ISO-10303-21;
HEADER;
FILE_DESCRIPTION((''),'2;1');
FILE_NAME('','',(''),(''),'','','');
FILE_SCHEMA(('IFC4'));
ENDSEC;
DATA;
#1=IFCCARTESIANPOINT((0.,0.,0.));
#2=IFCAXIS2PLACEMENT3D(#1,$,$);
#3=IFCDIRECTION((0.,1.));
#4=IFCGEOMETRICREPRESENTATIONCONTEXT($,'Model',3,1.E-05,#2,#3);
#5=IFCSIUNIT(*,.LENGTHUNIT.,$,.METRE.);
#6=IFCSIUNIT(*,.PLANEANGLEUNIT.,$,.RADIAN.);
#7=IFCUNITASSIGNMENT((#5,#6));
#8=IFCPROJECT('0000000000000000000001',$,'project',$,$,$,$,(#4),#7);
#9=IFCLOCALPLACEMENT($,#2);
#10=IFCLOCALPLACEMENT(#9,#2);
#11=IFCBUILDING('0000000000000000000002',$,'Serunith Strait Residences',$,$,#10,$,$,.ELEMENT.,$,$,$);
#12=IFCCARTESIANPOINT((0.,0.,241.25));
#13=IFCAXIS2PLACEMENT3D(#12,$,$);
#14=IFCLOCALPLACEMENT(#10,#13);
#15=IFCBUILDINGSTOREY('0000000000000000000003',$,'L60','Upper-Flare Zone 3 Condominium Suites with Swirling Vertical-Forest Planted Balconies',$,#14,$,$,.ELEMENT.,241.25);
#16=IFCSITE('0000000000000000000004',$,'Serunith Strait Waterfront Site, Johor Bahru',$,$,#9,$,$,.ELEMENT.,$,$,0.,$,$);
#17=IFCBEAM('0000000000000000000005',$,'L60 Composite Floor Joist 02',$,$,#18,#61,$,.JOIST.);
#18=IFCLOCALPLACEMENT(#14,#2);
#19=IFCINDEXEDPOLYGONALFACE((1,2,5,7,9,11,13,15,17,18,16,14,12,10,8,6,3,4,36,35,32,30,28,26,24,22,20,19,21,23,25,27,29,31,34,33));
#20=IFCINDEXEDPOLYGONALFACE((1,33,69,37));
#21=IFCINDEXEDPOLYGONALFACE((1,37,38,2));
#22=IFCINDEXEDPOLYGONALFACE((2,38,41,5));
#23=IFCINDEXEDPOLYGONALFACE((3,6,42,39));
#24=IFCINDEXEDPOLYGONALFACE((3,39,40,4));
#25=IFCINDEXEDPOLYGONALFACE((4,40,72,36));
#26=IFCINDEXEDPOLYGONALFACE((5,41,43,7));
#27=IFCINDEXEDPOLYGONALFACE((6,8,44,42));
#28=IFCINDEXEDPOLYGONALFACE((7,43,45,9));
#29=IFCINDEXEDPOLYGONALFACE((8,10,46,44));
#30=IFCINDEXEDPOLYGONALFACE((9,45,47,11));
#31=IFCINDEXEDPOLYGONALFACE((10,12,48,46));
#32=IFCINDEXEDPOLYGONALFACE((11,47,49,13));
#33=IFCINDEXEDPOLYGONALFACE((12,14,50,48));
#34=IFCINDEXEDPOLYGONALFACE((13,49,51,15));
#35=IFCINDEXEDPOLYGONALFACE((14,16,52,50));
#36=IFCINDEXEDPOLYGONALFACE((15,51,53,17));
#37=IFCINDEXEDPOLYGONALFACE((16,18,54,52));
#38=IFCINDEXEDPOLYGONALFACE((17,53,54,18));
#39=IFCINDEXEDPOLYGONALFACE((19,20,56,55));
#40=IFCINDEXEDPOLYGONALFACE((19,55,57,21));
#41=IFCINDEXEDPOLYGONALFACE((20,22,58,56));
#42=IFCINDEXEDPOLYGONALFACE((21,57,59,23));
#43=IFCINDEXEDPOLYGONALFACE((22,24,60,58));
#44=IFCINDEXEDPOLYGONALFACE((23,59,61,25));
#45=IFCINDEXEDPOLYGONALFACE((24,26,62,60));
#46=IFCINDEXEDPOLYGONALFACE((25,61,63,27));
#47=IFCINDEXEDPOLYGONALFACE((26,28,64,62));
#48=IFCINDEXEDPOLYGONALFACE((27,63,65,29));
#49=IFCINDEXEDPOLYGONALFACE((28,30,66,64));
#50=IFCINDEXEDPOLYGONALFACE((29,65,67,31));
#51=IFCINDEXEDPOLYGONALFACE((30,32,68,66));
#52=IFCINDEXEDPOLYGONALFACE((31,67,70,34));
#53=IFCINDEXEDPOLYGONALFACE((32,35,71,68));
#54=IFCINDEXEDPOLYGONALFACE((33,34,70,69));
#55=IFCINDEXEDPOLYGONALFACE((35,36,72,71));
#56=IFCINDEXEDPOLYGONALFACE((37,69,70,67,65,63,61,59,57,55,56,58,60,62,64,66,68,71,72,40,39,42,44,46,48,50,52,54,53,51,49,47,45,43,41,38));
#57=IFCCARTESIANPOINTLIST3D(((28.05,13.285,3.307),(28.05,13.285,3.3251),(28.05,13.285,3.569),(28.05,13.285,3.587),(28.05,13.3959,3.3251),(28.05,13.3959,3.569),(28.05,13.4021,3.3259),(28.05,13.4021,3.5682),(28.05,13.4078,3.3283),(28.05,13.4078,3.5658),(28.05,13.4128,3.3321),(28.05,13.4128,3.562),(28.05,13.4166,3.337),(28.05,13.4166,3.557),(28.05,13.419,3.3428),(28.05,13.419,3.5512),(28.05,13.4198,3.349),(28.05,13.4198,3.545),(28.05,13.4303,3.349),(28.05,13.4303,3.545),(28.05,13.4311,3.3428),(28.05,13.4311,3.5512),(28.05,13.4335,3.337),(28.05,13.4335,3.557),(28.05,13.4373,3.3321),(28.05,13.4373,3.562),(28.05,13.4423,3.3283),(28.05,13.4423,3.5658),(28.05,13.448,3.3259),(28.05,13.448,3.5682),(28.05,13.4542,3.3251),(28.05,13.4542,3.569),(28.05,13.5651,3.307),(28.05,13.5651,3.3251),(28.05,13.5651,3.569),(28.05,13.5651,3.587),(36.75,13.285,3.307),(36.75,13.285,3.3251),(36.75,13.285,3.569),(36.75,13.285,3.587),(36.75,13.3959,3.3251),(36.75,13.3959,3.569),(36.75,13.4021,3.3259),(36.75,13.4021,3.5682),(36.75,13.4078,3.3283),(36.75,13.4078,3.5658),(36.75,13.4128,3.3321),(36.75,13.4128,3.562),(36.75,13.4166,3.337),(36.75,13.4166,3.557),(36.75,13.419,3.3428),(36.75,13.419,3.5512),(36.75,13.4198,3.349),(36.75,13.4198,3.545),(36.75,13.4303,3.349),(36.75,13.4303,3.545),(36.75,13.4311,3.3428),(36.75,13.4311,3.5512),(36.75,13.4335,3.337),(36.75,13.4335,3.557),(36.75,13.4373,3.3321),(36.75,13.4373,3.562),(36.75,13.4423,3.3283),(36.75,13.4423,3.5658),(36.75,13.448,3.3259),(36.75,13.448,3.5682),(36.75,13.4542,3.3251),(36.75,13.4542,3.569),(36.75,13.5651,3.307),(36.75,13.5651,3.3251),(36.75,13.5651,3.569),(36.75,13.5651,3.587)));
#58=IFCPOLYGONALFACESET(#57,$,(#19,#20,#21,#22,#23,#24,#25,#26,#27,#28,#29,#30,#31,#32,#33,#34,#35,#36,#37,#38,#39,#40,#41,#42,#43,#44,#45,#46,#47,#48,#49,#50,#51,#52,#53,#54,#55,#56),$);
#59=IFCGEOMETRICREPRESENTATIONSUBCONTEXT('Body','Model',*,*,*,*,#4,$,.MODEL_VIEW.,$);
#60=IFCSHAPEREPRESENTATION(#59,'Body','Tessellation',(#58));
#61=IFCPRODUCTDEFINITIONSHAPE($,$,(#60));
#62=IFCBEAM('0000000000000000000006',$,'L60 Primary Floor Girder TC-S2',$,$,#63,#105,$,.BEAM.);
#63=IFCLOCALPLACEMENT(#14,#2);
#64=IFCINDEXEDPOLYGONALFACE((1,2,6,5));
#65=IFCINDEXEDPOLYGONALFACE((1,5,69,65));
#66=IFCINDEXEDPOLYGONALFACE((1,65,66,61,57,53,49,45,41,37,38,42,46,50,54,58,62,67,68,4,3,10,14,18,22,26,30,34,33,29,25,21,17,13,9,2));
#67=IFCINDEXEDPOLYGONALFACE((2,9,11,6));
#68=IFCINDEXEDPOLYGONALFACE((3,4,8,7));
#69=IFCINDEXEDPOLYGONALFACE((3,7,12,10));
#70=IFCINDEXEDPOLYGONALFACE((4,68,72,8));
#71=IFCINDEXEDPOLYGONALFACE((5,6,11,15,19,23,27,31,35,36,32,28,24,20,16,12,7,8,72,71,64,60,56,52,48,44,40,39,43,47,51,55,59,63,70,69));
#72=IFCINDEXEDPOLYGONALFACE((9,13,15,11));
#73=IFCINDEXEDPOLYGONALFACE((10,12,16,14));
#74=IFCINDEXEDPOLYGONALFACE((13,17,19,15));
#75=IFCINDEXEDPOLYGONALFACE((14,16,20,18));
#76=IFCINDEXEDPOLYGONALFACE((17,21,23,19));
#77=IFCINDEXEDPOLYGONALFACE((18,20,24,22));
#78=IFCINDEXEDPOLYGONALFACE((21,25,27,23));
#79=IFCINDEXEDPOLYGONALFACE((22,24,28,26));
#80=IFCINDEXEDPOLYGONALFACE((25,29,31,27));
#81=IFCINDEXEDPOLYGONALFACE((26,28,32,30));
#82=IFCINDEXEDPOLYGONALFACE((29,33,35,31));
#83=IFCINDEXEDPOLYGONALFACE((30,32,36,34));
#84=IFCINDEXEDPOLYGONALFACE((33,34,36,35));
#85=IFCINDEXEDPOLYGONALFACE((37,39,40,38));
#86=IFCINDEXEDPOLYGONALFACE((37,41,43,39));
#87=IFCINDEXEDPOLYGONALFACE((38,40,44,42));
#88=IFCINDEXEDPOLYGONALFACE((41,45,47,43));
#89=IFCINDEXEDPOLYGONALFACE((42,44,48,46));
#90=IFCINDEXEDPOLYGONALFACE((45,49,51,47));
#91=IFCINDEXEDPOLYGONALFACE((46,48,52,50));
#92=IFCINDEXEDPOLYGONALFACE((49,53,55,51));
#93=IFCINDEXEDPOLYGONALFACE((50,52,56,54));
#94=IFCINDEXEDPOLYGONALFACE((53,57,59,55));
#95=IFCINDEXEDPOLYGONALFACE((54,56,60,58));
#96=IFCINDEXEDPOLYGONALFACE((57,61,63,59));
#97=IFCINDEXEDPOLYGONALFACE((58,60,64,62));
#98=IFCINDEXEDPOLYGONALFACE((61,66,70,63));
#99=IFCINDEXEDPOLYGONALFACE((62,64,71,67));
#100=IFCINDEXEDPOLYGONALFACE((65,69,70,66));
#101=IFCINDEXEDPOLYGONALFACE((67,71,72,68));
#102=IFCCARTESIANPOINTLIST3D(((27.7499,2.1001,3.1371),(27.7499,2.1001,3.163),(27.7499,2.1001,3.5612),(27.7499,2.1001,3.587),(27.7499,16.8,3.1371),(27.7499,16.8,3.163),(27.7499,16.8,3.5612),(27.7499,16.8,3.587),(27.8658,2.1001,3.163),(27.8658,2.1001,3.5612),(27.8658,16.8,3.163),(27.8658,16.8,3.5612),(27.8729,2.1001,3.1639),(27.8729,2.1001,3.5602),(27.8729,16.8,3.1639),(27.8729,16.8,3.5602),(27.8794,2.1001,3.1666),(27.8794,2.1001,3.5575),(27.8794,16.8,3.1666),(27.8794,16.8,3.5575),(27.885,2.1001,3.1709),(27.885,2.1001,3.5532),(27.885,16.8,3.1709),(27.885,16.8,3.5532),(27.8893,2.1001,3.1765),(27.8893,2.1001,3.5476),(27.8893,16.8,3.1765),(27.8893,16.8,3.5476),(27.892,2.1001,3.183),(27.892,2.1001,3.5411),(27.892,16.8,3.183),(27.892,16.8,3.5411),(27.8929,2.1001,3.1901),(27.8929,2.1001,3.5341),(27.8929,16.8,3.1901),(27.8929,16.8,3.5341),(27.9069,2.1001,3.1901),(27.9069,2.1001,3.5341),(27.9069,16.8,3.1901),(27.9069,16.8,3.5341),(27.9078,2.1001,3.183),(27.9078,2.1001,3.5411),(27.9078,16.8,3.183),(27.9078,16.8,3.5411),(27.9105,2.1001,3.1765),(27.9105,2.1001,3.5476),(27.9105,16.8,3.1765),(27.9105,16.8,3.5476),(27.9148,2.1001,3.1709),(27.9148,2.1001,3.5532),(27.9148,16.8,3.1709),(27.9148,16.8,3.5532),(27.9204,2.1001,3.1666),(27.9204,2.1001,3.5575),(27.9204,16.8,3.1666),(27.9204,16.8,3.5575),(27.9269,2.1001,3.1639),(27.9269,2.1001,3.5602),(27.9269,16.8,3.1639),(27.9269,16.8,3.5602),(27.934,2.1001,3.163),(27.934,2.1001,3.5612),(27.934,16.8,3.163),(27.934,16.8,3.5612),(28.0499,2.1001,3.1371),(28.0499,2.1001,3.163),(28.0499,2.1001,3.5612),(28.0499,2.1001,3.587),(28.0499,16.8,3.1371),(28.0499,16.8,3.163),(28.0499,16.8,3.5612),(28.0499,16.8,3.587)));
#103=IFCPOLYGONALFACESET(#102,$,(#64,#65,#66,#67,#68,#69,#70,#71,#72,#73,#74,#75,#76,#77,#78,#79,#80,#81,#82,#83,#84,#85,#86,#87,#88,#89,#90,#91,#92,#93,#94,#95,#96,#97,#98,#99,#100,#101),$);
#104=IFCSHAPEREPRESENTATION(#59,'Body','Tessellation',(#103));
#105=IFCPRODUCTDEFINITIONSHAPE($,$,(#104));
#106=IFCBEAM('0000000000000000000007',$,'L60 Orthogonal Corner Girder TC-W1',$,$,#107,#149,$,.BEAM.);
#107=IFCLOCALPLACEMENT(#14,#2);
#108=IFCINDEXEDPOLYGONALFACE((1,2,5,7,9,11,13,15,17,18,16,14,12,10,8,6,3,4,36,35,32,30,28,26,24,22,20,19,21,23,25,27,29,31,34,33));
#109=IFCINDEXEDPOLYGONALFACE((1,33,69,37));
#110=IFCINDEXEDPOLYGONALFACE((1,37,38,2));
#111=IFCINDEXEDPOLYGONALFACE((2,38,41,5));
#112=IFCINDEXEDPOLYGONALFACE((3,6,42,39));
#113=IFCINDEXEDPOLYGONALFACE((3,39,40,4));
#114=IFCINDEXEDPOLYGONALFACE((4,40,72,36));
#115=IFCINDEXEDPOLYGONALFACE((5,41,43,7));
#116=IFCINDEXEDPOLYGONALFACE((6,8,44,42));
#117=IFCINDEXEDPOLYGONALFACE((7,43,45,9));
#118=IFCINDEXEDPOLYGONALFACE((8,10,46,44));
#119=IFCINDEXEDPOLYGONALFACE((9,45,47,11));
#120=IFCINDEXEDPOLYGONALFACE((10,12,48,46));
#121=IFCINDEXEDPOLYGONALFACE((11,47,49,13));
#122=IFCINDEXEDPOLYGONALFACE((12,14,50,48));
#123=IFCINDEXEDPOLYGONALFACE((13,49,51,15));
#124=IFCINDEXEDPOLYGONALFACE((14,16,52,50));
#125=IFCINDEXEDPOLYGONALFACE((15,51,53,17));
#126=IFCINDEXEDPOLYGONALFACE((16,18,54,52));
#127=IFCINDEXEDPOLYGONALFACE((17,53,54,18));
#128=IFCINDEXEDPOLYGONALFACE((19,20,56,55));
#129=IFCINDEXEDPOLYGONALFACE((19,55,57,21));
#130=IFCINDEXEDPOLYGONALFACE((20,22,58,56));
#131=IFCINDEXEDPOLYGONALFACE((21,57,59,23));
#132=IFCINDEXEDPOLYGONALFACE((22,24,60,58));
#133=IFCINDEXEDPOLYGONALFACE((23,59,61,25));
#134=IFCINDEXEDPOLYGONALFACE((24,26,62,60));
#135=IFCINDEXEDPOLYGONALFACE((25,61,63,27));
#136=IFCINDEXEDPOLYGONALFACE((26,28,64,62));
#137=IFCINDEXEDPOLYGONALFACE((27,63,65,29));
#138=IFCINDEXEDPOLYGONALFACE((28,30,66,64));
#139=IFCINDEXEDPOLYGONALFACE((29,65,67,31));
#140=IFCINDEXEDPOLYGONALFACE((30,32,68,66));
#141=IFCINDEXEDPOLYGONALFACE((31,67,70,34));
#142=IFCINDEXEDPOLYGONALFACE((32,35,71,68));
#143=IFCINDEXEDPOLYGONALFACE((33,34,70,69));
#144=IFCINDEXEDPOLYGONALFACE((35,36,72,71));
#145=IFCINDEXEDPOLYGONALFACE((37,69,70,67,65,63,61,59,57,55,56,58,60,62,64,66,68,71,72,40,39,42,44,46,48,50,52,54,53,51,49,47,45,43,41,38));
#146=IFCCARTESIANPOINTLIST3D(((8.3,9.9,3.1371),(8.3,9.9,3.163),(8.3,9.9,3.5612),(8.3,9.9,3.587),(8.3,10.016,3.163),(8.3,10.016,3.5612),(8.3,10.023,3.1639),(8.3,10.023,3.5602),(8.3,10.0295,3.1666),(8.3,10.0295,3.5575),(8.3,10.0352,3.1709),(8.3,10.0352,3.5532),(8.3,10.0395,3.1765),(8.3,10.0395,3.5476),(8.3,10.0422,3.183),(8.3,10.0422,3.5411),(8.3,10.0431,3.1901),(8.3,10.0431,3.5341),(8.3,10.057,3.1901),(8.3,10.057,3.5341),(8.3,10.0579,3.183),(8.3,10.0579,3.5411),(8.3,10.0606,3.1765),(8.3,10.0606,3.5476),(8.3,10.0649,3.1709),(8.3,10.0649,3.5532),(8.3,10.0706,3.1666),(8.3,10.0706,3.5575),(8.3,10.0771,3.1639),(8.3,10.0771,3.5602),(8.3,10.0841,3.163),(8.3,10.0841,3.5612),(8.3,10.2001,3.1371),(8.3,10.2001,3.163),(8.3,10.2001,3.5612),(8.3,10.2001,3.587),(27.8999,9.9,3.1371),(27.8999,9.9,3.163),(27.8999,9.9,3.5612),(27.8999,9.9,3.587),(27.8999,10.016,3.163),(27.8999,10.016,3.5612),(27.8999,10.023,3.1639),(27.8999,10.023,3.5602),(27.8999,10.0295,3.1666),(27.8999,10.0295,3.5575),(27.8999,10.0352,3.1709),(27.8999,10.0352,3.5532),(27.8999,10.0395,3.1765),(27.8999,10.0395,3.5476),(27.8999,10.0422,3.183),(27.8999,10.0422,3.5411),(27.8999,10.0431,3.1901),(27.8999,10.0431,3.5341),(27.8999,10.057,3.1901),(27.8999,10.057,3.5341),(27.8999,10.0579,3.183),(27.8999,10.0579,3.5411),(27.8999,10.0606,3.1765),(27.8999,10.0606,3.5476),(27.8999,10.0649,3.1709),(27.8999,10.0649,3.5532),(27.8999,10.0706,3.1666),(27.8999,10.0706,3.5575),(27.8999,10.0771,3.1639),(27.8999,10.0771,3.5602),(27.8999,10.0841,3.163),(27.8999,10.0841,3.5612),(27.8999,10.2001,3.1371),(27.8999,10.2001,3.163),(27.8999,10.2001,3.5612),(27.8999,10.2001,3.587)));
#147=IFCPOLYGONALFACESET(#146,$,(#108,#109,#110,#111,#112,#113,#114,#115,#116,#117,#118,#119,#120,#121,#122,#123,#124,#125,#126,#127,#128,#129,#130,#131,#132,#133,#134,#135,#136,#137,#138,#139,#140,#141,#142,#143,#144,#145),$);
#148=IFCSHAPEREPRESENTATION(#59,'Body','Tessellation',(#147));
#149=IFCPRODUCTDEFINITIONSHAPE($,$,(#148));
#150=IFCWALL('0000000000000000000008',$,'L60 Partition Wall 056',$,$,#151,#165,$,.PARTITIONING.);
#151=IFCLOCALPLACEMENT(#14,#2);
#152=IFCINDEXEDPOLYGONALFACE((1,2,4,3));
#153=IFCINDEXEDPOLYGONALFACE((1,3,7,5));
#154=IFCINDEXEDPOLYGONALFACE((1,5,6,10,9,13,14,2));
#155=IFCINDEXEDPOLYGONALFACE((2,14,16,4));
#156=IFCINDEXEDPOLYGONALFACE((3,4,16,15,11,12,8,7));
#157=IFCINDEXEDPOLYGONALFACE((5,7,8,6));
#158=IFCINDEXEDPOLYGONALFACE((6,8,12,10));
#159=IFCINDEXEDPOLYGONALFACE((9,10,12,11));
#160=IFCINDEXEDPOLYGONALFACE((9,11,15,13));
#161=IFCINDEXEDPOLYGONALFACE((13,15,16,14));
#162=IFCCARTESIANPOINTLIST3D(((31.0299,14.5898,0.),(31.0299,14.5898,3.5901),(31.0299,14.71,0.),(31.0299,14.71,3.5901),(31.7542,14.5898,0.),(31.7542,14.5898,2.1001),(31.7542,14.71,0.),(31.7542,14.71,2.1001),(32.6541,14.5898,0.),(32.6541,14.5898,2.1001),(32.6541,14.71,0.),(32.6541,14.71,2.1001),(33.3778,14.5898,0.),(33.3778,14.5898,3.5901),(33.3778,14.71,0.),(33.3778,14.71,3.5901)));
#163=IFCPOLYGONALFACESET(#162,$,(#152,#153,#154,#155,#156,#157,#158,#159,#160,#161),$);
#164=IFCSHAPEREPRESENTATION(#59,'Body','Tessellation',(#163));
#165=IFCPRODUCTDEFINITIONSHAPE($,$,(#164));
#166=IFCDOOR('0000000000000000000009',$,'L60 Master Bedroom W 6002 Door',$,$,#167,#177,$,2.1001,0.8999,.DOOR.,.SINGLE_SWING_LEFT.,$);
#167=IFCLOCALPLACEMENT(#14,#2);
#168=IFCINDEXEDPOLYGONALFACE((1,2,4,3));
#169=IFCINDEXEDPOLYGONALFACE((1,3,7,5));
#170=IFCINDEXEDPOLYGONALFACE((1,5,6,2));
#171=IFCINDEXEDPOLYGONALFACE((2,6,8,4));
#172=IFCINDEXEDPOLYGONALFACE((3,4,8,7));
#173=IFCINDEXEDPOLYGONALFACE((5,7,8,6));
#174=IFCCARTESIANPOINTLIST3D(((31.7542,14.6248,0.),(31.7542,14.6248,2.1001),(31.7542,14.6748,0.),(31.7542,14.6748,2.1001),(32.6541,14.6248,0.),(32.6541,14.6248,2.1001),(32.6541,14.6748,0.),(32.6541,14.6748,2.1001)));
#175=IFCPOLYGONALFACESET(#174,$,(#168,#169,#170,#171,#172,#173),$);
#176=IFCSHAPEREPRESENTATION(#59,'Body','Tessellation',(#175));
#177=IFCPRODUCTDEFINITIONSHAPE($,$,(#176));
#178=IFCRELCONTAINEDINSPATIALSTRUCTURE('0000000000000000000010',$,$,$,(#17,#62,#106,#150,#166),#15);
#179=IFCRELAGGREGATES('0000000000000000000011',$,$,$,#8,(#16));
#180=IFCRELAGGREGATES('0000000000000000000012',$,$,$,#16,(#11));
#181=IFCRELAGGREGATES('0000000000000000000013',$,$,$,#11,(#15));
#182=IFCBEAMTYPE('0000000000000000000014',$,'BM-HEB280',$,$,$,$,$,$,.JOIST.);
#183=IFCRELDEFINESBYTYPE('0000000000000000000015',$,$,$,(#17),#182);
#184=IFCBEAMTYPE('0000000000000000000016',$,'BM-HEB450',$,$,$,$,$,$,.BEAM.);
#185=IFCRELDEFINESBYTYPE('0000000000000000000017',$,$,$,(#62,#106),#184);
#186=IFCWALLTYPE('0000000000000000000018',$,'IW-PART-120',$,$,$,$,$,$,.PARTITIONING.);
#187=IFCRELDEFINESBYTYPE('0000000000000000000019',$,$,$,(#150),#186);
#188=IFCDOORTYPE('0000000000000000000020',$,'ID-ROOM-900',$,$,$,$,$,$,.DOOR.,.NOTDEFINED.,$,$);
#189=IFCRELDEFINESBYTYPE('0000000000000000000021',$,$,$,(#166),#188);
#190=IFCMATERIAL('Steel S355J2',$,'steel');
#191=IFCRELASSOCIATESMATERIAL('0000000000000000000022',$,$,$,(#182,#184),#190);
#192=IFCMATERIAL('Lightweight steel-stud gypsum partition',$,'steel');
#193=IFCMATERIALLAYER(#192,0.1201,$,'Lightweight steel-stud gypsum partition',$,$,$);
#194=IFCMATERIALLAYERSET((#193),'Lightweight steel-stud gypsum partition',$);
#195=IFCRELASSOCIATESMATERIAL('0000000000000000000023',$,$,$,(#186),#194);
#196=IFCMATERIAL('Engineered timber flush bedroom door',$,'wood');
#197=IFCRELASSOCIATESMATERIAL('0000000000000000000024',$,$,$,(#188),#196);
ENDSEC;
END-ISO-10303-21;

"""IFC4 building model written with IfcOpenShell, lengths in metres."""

from ifc_helpers import new_model, si_unit, direction, frame, frame_2d, origin, origin_2d, place, context, subcontext, project, spatial, rectangle, i_section, extrude, source, transform, mapped, material, layer, layer_set, material_profile, profile_set, type_object, element, fill, save


model = new_model("IFC4")

# Units and contexts
model_context = context("Model", 3, precision=1e-05, world=origin(), true_north=direction((0.0, 1.0)))
body_context = subcontext(model_context, "Body", "Model", "MODEL_VIEW")
ifc_project = project(units=[si_unit("LENGTHUNIT", "METRE"), si_unit("PLANEANGLEUNIT", "RADIAN")], contexts=[model_context])

# Site, building, storey
site_placement = place(None, origin())
site = spatial("IfcSite", under=ifc_project, at=site_placement, Name="Serunith Strait Waterfront Site, Johor Bahru", CompositionType="ELEMENT", RefElevation=0.0)
building_placement = place(site_placement, origin())
building = spatial("IfcBuilding", under=site, at=building_placement, Name="Serunith Strait Residences", CompositionType="ELEMENT")
storey_placement = place(building_placement, frame((0.0, 0.0, 241.25)))
storey = spatial("IfcBuildingStorey", under=building, at=storey_placement, Name="L60", Description="Upper-Flare Zone 3 Condominium Suites with Swirling Vertical-Forest Planted Balconies", CompositionType="ELEMENT", Elevation=241.25)

# Beams
ifc_material_1 = material(Name="Steel S355J2", Category="steel")
ifc_material_profile_1 = material_profile(ifc_material_1, i_section(OverallWidth=0.28, OverallDepth=0.28, WebThickness=0.0105, FlangeThickness=0.0181, FilletRadius=0.0239, at=origin_2d()), Name="HEB 280")
ifc_profile_set_1 = profile_set([ifc_material_profile_1], Name="Steel S355J2")
beam_type_1 = type_object("IfcBeamType", Name="BM-HEB280", PredefinedType="JOIST", material=ifc_profile_set_1)
shared_shape_1 = source(origin(), body_context, "Body", "SweptSolid", [
    extrude(i_section(OverallWidth=0.28, OverallDepth=0.28, WebThickness=0.0105, FlangeThickness=0.0181, FilletRadius=0.0239, at=origin_2d()), origin(), (0.0, 0.0, 1.0), 8.7),
])
beam_1_placement = place(storey_placement, frame((28.05, 13.425, 3.447), z_axis=(1.0, 0.0, 0.0), x_axis=(0.0, 1.0, 0.0)))
element("IfcBeam", 1, at=beam_1_placement, inside=storey, type_object=beam_type_1, Name="L60 Composite Floor Joist 02", PredefinedType="JOIST", context=body_context, shape_type="MappedRepresentation", body=[
    mapped(shared_shape_1, transform((0.0, 0.0, 0.0), scale=1.0)),
])
ifc_material_profile_2 = material_profile(ifc_material_1, i_section(OverallWidth=0.3, OverallDepth=0.45, WebThickness=0.0139, FlangeThickness=0.0259, FilletRadius=0.0271, at=origin_2d()), Name="HEB 450")
ifc_profile_set_2 = profile_set([ifc_material_profile_2], Name="Steel S355J2")
beam_type_2 = type_object("IfcBeamType", Name="BM-HEB450", PredefinedType="BEAM", material=ifc_profile_set_2)
shared_shape_2 = source(origin(), body_context, "Body", "SweptSolid", [
    extrude(i_section(OverallWidth=0.3, OverallDepth=0.45, WebThickness=0.0139, FlangeThickness=0.0259, FilletRadius=0.0271, at=origin_2d()), origin(), (0.0, 0.0, 1.0), 14.7),
])
beam_2_placement = place(storey_placement, frame((27.8999, 16.8, 3.3621), z_axis=(0.0, -1.0, 0.0), x_axis=(1.0, 0.0, 0.0)))
element("IfcBeam", 2, at=beam_2_placement, inside=storey, type_object=beam_type_2, Name="L60 Primary Floor Girder TC-S2", PredefinedType="BEAM", context=body_context, shape_type="MappedRepresentation", body=[
    mapped(shared_shape_2, transform((0.0, 0.0, 0.0), scale=1.0)),
])
shared_shape_3 = source(origin(), body_context, "Body", "SweptSolid", [
    extrude(i_section(OverallWidth=0.3, OverallDepth=0.45, WebThickness=0.0139, FlangeThickness=0.0259, FilletRadius=0.0271, at=origin_2d()), origin(), (0.0, 0.0, 1.0), 19.5999),
])
beam_3_placement = place(storey_placement, frame((27.8999, 10.05, 3.3621), z_axis=(-1.0, 0.0, 0.0), x_axis=(0.0, -1.0, 0.0)))
element("IfcBeam", 3, at=beam_3_placement, inside=storey, type_object=beam_type_2, Name="L60 Orthogonal Corner Girder TC-W1", PredefinedType="BEAM", context=body_context, shape_type="MappedRepresentation", body=[
    mapped(shared_shape_3, transform((0.0, 0.0, 0.0), scale=1.0)),
])

# Wall, opening, door
ifc_material_2 = material(Name="Lightweight steel-stud gypsum partition", Category="steel")
ifc_layer_1 = layer(ifc_material_2, 0.1201, Name="Lightweight steel-stud gypsum partition")
ifc_layer_set_1 = layer_set([ifc_layer_1], Name="Lightweight steel-stud gypsum partition")
wall_type_1 = type_object("IfcWallType", Name="IW-PART-120", PredefinedType="PARTITIONING", material=ifc_layer_set_1)
wall_1_placement = place(storey_placement, frame((31.03, 14.6499, 0.0), z_axis=(0.0, 0.0, 1.0), x_axis=(1.0, 0.0, 0.0)))
wall_1 = element("IfcWall", 4, at=wall_1_placement, inside=storey, type_object=wall_type_1, Name="L60 Partition Wall 056", PredefinedType="PARTITIONING", context=body_context, shape_type="SweptSolid", body=[
    extrude(rectangle(XDim=2.3479, YDim=0.1201, at=frame_2d((1.1738, 0.0))), origin(), (0.0, 0.0, 1.0), 3.5901),
])
opening_1_placement = place(wall_1_placement, frame((0.7241, 0.0, 0.0)))
opening_1 = element("IfcOpeningElement", 5, at=opening_1_placement, cuts=wall_1, PredefinedType="OPENING", context=body_context, shape_type="SweptSolid", body=[
    extrude(rectangle(XDim=0.8999, YDim=2.1001, at=frame_2d((0.45, 1.05))), frame((0.0, 0.0701, 0.0), z_axis=(0.0, -1.0, 0.0), x_axis=(1.0, 0.0, 0.0)), (0.0, 0.0, 1.0), 0.1401),
])
ifc_material_3 = material(Name="Engineered timber flush bedroom door", Category="wood")
door_type_1 = type_object("IfcDoorType", Name="ID-ROOM-900", OperationType="NOTDEFINED", PredefinedType="DOOR", material=ifc_material_3)
shared_shape_4 = source(origin(), body_context, "Body", "SweptSolid", [
    extrude(rectangle(XDim=0.8999, YDim=2.1001, at=frame_2d((0.45, 1.05))), frame((0.0, 0.0249, 0.0), z_axis=(0.0, -1.0, 0.0), x_axis=(1.0, 0.0, 0.0)), (0.0, 0.0, 1.0), 0.05),
])
door_1_placement = place(opening_1_placement, origin())
door_1 = element("IfcDoor", 6, at=door_1_placement, inside=storey, type_object=door_type_1, Name="L60 Master Bedroom W 6002 Door", OperationType="SINGLE_SWING_LEFT", OverallHeight=2.1001, OverallWidth=0.8999, PredefinedType="DOOR", context=body_context, shape_type="MappedRepresentation", body=[
    mapped(shared_shape_4, transform((0.0, 0.0, 0.0), scale=1.0)),
])
fill(opening_1, door_1)

save(model, "model.ifc")
